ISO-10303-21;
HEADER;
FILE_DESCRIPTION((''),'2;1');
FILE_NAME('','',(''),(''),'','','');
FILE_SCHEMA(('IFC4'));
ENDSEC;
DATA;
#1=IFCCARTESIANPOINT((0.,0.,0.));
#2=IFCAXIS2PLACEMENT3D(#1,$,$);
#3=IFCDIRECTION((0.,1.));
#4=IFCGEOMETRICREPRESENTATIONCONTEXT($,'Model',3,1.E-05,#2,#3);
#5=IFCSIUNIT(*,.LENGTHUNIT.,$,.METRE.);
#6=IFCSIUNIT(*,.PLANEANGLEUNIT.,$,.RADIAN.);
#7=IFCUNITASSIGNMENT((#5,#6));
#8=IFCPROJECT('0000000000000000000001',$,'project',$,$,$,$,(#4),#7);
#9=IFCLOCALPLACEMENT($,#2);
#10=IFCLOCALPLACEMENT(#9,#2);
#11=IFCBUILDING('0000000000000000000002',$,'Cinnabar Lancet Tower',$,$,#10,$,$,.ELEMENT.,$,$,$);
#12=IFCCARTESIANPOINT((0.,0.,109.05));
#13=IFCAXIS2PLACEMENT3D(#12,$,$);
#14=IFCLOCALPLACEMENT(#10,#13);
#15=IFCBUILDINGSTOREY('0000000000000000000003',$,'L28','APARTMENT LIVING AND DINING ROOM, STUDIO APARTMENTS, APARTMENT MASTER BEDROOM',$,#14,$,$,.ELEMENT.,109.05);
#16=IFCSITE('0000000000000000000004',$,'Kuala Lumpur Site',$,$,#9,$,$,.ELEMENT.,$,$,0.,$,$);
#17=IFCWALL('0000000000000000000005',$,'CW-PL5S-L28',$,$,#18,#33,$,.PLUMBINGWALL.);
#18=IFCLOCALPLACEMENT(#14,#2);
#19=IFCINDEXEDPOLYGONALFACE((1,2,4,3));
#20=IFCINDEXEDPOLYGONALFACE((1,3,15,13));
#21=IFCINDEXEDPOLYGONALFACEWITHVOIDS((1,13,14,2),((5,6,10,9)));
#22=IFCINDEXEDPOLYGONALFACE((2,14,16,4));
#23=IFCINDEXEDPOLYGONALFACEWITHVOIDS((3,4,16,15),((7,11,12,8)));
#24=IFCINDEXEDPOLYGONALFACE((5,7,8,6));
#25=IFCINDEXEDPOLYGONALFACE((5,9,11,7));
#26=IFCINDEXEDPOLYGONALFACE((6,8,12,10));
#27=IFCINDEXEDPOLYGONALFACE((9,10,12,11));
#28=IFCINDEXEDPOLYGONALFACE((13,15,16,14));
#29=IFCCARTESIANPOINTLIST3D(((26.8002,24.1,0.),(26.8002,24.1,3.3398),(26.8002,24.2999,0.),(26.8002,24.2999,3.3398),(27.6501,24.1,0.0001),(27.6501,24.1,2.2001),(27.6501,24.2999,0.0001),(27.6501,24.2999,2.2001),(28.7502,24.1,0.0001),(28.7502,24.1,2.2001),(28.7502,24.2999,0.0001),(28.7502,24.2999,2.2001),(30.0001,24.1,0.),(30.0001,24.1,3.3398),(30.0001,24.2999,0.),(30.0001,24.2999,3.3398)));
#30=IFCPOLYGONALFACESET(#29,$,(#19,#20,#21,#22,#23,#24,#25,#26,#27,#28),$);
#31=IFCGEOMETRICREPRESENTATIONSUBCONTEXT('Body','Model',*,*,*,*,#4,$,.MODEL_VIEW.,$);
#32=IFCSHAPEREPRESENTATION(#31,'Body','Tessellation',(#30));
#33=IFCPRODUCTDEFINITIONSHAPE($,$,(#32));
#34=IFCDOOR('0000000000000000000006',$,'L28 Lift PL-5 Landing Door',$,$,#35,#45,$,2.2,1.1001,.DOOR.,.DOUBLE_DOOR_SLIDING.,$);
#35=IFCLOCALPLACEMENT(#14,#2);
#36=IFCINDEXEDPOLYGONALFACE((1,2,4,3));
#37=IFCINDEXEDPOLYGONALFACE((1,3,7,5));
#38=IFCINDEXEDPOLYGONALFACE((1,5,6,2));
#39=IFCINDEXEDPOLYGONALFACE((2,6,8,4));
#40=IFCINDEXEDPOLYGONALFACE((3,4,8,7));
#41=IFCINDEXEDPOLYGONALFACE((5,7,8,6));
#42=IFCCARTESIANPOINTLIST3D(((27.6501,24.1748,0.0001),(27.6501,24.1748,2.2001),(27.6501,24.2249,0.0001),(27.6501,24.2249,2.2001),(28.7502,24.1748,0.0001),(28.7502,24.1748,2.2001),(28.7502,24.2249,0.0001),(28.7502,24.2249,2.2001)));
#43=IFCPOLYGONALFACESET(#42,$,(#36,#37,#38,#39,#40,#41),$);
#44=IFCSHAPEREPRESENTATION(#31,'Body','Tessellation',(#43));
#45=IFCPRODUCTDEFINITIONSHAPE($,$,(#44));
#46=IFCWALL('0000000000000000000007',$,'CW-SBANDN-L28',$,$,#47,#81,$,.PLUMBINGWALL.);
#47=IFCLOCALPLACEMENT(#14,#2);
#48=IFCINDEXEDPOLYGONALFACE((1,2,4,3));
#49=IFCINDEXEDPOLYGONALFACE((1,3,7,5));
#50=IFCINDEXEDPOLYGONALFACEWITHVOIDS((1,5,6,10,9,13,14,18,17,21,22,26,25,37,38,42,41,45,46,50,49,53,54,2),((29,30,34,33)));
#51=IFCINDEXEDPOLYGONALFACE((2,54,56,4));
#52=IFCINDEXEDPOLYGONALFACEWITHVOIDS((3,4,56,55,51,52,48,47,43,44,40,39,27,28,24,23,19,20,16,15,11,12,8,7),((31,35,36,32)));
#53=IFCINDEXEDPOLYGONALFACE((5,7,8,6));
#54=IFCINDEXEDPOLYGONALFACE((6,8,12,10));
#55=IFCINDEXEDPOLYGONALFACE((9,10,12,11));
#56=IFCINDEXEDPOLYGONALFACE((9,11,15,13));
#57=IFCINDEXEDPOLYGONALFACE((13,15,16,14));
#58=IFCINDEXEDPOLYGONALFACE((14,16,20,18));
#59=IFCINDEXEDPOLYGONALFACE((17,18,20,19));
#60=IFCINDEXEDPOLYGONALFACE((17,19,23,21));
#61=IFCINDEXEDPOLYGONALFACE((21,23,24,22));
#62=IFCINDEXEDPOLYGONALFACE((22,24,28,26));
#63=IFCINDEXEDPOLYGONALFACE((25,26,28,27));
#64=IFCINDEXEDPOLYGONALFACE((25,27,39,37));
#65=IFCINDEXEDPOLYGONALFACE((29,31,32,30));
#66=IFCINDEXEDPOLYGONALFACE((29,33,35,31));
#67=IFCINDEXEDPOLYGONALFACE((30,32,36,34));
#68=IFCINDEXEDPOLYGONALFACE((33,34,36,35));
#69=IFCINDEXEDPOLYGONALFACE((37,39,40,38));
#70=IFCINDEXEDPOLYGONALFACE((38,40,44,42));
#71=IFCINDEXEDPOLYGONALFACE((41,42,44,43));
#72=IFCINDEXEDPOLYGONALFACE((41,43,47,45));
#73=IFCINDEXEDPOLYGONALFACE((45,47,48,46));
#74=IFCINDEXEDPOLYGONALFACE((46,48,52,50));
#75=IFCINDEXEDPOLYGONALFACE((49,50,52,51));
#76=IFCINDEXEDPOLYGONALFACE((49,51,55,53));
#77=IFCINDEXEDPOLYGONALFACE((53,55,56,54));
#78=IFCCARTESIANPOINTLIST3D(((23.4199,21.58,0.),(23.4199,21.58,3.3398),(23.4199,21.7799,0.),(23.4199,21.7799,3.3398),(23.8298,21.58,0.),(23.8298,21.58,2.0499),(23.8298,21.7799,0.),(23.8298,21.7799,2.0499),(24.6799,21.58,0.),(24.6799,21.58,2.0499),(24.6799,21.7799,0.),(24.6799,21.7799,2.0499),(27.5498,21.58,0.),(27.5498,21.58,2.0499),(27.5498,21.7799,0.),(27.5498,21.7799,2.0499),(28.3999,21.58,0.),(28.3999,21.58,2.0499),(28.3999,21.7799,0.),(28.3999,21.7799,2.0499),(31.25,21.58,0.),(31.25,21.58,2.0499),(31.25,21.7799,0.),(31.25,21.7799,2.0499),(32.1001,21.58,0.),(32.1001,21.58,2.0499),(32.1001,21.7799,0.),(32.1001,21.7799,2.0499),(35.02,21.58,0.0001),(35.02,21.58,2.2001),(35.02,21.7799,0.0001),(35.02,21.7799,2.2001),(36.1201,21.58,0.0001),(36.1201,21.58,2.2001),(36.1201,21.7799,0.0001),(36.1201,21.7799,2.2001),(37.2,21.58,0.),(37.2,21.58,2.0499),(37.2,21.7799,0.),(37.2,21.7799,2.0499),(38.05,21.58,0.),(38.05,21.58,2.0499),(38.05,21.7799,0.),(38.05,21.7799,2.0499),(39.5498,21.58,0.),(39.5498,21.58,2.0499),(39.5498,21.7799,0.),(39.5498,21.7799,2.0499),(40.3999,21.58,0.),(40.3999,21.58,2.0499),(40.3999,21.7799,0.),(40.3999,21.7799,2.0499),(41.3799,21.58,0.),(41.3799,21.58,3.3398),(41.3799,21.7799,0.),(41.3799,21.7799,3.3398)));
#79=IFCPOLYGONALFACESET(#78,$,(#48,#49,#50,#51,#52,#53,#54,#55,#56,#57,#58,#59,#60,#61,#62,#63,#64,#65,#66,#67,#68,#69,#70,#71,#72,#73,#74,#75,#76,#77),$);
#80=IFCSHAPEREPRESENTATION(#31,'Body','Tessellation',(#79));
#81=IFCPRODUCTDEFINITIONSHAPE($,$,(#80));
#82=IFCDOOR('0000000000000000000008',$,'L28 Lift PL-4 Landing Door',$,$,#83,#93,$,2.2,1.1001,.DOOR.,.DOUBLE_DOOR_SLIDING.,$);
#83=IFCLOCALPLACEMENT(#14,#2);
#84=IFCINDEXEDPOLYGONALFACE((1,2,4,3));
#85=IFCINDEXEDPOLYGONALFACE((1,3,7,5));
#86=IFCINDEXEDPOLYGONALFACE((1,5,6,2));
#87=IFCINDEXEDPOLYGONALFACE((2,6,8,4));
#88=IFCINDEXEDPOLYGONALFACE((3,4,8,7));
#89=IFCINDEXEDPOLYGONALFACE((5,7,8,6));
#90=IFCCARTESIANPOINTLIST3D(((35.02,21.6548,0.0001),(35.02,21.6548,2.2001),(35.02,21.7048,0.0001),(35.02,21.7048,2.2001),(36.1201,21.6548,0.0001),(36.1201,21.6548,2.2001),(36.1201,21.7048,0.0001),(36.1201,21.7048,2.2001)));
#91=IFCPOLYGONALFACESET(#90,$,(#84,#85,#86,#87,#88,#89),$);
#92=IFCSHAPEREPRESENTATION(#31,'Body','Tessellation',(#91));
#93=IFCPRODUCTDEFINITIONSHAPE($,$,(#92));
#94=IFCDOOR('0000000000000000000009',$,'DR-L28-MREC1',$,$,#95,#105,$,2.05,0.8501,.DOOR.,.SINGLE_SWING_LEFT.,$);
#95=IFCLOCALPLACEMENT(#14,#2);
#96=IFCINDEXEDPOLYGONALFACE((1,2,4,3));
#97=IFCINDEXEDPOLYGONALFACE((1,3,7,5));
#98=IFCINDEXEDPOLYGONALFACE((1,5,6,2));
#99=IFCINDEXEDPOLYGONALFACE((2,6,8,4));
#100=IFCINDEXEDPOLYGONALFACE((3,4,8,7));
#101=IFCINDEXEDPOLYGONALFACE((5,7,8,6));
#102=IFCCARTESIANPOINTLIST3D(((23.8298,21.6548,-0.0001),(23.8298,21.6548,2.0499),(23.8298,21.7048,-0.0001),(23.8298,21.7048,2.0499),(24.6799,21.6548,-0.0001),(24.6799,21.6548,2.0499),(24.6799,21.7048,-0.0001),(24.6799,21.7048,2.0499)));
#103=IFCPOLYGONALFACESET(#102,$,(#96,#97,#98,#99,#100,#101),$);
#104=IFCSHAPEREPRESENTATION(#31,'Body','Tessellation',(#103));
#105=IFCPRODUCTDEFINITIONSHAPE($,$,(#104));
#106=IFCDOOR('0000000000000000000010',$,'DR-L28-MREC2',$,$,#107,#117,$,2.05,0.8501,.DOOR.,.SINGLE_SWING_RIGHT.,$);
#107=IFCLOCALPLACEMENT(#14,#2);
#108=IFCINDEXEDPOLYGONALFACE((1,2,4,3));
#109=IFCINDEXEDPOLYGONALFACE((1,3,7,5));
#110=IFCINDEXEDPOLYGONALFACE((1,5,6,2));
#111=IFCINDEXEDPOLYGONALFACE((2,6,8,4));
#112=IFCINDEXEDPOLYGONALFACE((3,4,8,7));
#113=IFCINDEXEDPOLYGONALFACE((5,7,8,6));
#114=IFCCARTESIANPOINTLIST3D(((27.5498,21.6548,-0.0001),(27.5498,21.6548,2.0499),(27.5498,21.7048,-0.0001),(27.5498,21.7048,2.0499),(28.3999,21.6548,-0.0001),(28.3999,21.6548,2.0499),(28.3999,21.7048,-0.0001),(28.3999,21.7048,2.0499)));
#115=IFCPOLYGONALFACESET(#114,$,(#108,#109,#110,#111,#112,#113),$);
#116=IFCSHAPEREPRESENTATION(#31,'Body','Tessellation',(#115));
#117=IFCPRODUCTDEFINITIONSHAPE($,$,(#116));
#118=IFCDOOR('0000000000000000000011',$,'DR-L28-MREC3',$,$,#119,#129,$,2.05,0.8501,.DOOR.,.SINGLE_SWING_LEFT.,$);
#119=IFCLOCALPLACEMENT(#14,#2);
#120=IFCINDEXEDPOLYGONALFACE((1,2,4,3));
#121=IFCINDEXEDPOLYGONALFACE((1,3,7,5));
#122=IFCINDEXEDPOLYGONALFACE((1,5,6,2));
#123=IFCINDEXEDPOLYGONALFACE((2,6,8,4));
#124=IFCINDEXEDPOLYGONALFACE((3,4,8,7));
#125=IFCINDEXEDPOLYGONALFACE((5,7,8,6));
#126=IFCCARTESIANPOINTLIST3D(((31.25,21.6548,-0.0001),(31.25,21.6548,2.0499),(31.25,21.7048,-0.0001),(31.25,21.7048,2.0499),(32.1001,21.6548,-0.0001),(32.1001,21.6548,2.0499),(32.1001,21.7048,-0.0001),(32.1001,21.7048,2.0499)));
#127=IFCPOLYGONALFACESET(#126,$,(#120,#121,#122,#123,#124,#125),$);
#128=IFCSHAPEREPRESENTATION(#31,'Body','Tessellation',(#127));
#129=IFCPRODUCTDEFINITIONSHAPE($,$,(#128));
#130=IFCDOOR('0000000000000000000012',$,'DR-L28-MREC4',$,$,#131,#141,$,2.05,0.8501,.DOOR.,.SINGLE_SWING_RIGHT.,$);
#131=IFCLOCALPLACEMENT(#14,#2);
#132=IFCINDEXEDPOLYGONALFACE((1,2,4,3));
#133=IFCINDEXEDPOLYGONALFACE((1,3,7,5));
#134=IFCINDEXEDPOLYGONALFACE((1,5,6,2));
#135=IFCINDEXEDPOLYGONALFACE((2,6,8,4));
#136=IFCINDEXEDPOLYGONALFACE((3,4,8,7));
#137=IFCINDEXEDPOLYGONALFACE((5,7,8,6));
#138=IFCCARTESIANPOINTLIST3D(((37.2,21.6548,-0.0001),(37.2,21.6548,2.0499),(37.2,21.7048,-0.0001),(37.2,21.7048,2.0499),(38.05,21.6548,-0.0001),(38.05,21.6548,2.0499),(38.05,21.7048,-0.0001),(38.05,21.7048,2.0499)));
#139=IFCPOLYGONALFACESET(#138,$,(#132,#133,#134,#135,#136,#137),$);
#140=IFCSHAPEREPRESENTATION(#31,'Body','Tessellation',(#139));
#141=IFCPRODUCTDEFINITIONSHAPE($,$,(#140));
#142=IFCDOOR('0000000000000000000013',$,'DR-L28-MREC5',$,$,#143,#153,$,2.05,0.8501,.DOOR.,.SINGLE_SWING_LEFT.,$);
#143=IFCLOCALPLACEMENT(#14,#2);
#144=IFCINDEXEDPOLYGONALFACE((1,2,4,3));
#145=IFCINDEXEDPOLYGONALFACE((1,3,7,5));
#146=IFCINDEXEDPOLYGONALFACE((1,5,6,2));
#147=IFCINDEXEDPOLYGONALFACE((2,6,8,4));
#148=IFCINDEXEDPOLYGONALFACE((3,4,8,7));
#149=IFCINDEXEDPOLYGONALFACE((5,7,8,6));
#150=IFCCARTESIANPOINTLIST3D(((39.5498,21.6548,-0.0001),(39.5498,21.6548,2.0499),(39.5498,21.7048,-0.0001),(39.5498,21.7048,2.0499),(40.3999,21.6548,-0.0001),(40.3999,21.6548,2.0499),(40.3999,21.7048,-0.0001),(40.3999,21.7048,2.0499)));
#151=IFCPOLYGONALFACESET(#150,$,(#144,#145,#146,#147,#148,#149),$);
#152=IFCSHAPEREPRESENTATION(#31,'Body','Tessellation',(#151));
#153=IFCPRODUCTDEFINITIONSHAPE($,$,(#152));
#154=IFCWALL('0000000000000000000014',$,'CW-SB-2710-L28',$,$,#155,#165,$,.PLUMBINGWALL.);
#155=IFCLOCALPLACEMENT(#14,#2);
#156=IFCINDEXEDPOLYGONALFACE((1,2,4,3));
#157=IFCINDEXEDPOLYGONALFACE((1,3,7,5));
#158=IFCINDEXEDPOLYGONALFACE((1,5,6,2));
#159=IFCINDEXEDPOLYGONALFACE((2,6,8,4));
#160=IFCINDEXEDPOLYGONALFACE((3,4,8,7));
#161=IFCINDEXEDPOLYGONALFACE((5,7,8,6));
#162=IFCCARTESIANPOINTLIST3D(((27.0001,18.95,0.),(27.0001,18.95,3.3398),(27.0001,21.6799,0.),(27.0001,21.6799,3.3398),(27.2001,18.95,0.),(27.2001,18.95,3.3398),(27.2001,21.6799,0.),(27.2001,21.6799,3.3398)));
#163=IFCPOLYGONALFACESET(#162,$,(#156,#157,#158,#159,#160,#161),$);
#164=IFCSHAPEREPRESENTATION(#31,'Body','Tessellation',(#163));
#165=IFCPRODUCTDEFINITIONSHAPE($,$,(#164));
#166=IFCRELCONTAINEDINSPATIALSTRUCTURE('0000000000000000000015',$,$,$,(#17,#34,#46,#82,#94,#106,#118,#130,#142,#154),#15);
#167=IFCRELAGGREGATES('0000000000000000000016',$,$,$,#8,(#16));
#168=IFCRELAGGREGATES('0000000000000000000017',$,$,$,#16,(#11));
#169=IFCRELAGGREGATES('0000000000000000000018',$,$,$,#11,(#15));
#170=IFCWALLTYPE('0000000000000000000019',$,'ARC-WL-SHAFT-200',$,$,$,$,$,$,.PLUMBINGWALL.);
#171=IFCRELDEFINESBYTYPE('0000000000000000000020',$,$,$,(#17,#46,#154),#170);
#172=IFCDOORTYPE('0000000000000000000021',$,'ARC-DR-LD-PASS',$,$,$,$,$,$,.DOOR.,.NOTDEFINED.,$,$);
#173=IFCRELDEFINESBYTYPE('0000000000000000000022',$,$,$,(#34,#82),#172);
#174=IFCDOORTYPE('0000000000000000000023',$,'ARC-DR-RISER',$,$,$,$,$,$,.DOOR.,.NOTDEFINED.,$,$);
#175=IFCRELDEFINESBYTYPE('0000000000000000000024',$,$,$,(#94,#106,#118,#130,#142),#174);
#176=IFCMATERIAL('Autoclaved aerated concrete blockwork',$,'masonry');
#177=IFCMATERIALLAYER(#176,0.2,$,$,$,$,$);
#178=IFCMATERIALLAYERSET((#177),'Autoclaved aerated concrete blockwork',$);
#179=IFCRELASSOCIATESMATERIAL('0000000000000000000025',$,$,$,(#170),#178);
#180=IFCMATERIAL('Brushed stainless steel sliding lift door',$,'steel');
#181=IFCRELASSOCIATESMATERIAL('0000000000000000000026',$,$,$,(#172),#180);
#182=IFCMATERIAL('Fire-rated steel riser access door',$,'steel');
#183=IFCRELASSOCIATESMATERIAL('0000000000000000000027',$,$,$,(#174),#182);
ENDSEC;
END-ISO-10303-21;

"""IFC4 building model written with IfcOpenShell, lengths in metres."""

from ifc_helpers import new_model, si_unit, direction, frame, frame_2d, origin, place, context, subcontext, project, spatial, rectangle, extrude, material, layer, layer_set, type_object, element, fill, save


model = new_model("IFC4")

# Units and contexts
model_context = context("Model", 3, precision=1e-05, world=origin(), true_north=direction((0.0, 1.0)))
body_context = subcontext(model_context, "Body", "Model", "MODEL_VIEW")
ifc_project = project(units=[si_unit("LENGTHUNIT", "METRE"), si_unit("PLANEANGLEUNIT", "RADIAN")], contexts=[model_context])

# Site, building, storey
site_placement = place(None, origin())
site = spatial("IfcSite", under=ifc_project, at=site_placement, Name="Kuala Lumpur Site", CompositionType="ELEMENT", RefElevation=0.0)
building_placement = place(site_placement, origin())
building = spatial("IfcBuilding", under=site, at=building_placement, Name="Cinnabar Lancet Tower", CompositionType="ELEMENT")
storey_placement = place(building_placement, frame((0.0, 0.0, 109.05)))
storey = spatial("IfcBuildingStorey", under=building, at=storey_placement, Name="L28", Description="APARTMENT LIVING AND DINING ROOM, STUDIO APARTMENTS, APARTMENT MASTER BEDROOM", CompositionType="ELEMENT", Elevation=109.05)

# Shared definitions
ifc_material_1 = material(Name="Autoclaved aerated concrete blockwork", Category="masonry")
ifc_layer_1 = layer(ifc_material_1, 0.2)
ifc_layer_set_1 = layer_set([ifc_layer_1], Name="Autoclaved aerated concrete blockwork")
wall_type_1 = type_object("IfcWallType", Name="ARC-WL-SHAFT-200", PredefinedType="PLUMBINGWALL", material=ifc_layer_set_1)

# Wall, opening, door
wall_1_placement = place(storey_placement, frame((26.8, 24.2, 0.0), z_axis=(0.0, 0.0, 1.0), x_axis=(1.0, 0.0, 0.0)))
wall_1 = element("IfcWall", 1, at=wall_1_placement, inside=storey, type_object=wall_type_1, Name="CW-PL5S-L28", PredefinedType="PLUMBINGWALL", context=body_context, shape_type="SweptSolid", body=[
    extrude(rectangle(XDim=3.2, YDim=0.2, at=frame_2d((1.6001, 0.0))), origin(), (0.0, 0.0, 1.0), 3.3398),
])
opening_1_placement = place(wall_1_placement, frame((0.8501, 0.0, 0.0)))
opening_1 = element("IfcOpeningElement", 2, at=opening_1_placement, cuts=wall_1, PredefinedType="OPENING", context=body_context, shape_type="SweptSolid", body=[
    extrude(rectangle(XDim=1.1001, YDim=2.2, at=frame_2d((0.55, 1.1001))), frame((0.0, 0.1099, 0.0), z_axis=(0.0, -1.0, 0.0), x_axis=(1.0, 0.0, 0.0)), (0.0, 0.0, 1.0), 0.22),
])
ifc_material_2 = material(Name="Brushed stainless steel sliding lift door", Category="steel")
door_type_1 = type_object("IfcDoorType", Name="ARC-DR-LD-PASS", OperationType="NOTDEFINED", PredefinedType="DOOR", material=ifc_material_2)
door_1_placement = place(opening_1_placement, origin())
door_1 = element("IfcDoor", 3, at=door_1_placement, inside=storey, type_object=door_type_1, Name="L28 Lift PL-5 Landing Door", OperationType="DOUBLE_DOOR_SLIDING", OverallHeight=2.2, OverallWidth=1.1001, PredefinedType="DOOR", context=body_context, shape_type="SweptSolid", body=[
    extrude(rectangle(XDim=1.1001, YDim=2.2, at=frame_2d((0.55, 1.1001))), frame((0.0, 0.0249, 0.0), z_axis=(0.0, -1.0, 0.0), x_axis=(1.0, 0.0, 0.0)), (0.0, 0.0, 1.0), 0.05),
])
fill(opening_1, door_1)

# Wall, openings, doors
wall_2_placement = place(storey_placement, frame((23.4199, 21.6799, 0.0), z_axis=(0.0, 0.0, 1.0), x_axis=(1.0, 0.0, 0.0)))
wall_2 = element("IfcWall", 4, at=wall_2_placement, inside=storey, type_object=wall_type_1, Name="CW-SBANDN-L28", PredefinedType="PLUMBINGWALL", context=body_context, shape_type="SweptSolid", body=[
    extrude(rectangle(XDim=17.96, YDim=0.2, at=frame_2d((8.98, 0.0))), origin(), (0.0, 0.0, 1.0), 3.3398),
])
opening_2_placement = place(wall_2_placement, frame((11.6001, 0.0, 0.0)))
opening_2 = element("IfcOpeningElement", 5, at=opening_2_placement, cuts=wall_2, PredefinedType="OPENING", context=body_context, shape_type="SweptSolid", body=[
    extrude(rectangle(XDim=1.1001, YDim=2.2, at=frame_2d((0.55, 1.1001))), frame((0.0, 0.1099, 0.0), z_axis=(0.0, -1.0, 0.0), x_axis=(1.0, 0.0, 0.0)), (0.0, 0.0, 1.0), 0.22),
])
opening_3_placement = place(wall_2_placement, frame((0.4099, 0.0, 0.0)))
opening_3 = element("IfcOpeningElement", 6, at=opening_3_placement, cuts=wall_2, PredefinedType="OPENING", context=body_context, shape_type="SweptSolid", body=[
    extrude(rectangle(XDim=0.8501, YDim=2.05, at=frame_2d((0.425, 1.0249))), frame((0.0, 0.1099, 0.0), z_axis=(0.0, -1.0, 0.0), x_axis=(1.0, 0.0, 0.0)), (0.0, 0.0, 1.0), 0.22),
])
opening_4_placement = place(wall_2_placement, frame((4.1299, 0.0, 0.0)))
opening_4 = element("IfcOpeningElement", 7, at=opening_4_placement, cuts=wall_2, PredefinedType="OPENING", context=body_context, shape_type="SweptSolid", body=[
    extrude(rectangle(XDim=0.8501, YDim=2.05, at=frame_2d((0.425, 1.0249))), frame((0.0, 0.1099, 0.0), z_axis=(0.0, -1.0, 0.0), x_axis=(1.0, 0.0, 0.0)), (0.0, 0.0, 1.0), 0.22),
])
opening_5_placement = place(wall_2_placement, frame((7.8301, 0.0, 0.0)))
opening_5 = element("IfcOpeningElement", 8, at=opening_5_placement, cuts=wall_2, PredefinedType="OPENING", context=body_context, shape_type="SweptSolid", body=[
    extrude(rectangle(XDim=0.8501, YDim=2.05, at=frame_2d((0.425, 1.0249))), frame((0.0, 0.1099, 0.0), z_axis=(0.0, -1.0, 0.0), x_axis=(1.0, 0.0, 0.0)), (0.0, 0.0, 1.0), 0.22),
])
opening_6_placement = place(wall_2_placement, frame((13.78, 0.0, 0.0)))
opening_6 = element("IfcOpeningElement", 9, at=opening_6_placement, cuts=wall_2, PredefinedType="OPENING", context=body_context, shape_type="SweptSolid", body=[
    extrude(rectangle(XDim=0.8501, YDim=2.05, at=frame_2d((0.425, 1.0249))), frame((0.0, 0.1099, 0.0), z_axis=(0.0, -1.0, 0.0), x_axis=(1.0, 0.0, 0.0)), (0.0, 0.0, 1.0), 0.22),
])
opening_7_placement = place(wall_2_placement, frame((16.1299, 0.0, 0.0)))
opening_7 = element("IfcOpeningElement", 10, at=opening_7_placement, cuts=wall_2, PredefinedType="OPENING", context=body_context, shape_type="SweptSolid", body=[
    extrude(rectangle(XDim=0.8501, YDim=2.05, at=frame_2d((0.425, 1.0249))), frame((0.0, 0.1099, 0.0), z_axis=(0.0, -1.0, 0.0), x_axis=(1.0, 0.0, 0.0)), (0.0, 0.0, 1.0), 0.22),
])
door_2_placement = place(opening_2_placement, origin())
door_2 = element("IfcDoor", 11, at=door_2_placement, inside=storey, type_object=door_type_1, Name="L28 Lift PL-4 Landing Door", OperationType="DOUBLE_DOOR_SLIDING", OverallHeight=2.2, OverallWidth=1.1001, PredefinedType="DOOR", context=body_context, shape_type="SweptSolid", body=[
    extrude(rectangle(XDim=1.1001, YDim=2.2, at=frame_2d((0.55, 1.1001))), frame((0.0, 0.0249, 0.0), z_axis=(0.0, -1.0, 0.0), x_axis=(1.0, 0.0, 0.0)), (0.0, 0.0, 1.0), 0.05),
])
fill(opening_2, door_2)
ifc_material_3 = material(Name="Fire-rated steel riser access door", Category="steel")
door_type_2 = type_object("IfcDoorType", Name="ARC-DR-RISER", OperationType="NOTDEFINED", PredefinedType="DOOR", material=ifc_material_3)
door_3_placement = place(opening_3_placement, origin())
door_3 = element("IfcDoor", 12, at=door_3_placement, inside=storey, type_object=door_type_2, Name="DR-L28-MREC1", OperationType="SINGLE_SWING_LEFT", OverallHeight=2.05, OverallWidth=0.8501, PredefinedType="DOOR", context=body_context, shape_type="SweptSolid", body=[
    extrude(rectangle(XDim=0.8501, YDim=2.05, at=frame_2d((0.425, 1.0249))), frame((0.0, 0.0249, 0.0), z_axis=(0.0, -1.0, 0.0), x_axis=(1.0, 0.0, 0.0)), (0.0, 0.0, 1.0), 0.05),
])
fill(opening_3, door_3)
door_4_placement = place(opening_4_placement, origin())
door_4 = element("IfcDoor", 13, at=door_4_placement, inside=storey, type_object=door_type_2, Name="DR-L28-MREC2", OperationType="SINGLE_SWING_RIGHT", OverallHeight=2.05, OverallWidth=0.8501, PredefinedType="DOOR", context=body_context, shape_type="SweptSolid", body=[
    extrude(rectangle(XDim=0.8501, YDim=2.05, at=frame_2d((0.425, 1.0249))), frame((0.0, 0.0249, 0.0), z_axis=(0.0, -1.0, 0.0), x_axis=(1.0, 0.0, 0.0)), (0.0, 0.0, 1.0), 0.05),
])
fill(opening_4, door_4)
door_5_placement = place(opening_5_placement, origin())
door_5 = element("IfcDoor", 14, at=door_5_placement, inside=storey, type_object=door_type_2, Name="DR-L28-MREC3", OperationType="SINGLE_SWING_LEFT", OverallHeight=2.05, OverallWidth=0.8501, PredefinedType="DOOR", context=body_context, shape_type="SweptSolid", body=[
    extrude(rectangle(XDim=0.8501, YDim=2.05, at=frame_2d((0.425, 1.0249))), frame((0.0, 0.0249, 0.0), z_axis=(0.0, -1.0, 0.0), x_axis=(1.0, 0.0, 0.0)), (0.0, 0.0, 1.0), 0.05),
])
fill(opening_5, door_5)
door_6_placement = place(opening_6_placement, origin())
door_6 = element("IfcDoor", 15, at=door_6_placement, inside=storey, type_object=door_type_2, Name="DR-L28-MREC4", OperationType="SINGLE_SWING_RIGHT", OverallHeight=2.05, OverallWidth=0.8501, PredefinedType="DOOR", context=body_context, shape_type="SweptSolid", body=[
    extrude(rectangle(XDim=0.8501, YDim=2.05, at=frame_2d((0.425, 1.0249))), frame((0.0, 0.0249, 0.0), z_axis=(0.0, -1.0, 0.0), x_axis=(1.0, 0.0, 0.0)), (0.0, 0.0, 1.0), 0.05),
])
fill(opening_6, door_6)
door_7_placement = place(opening_7_placement, origin())
door_7 = element("IfcDoor", 16, at=door_7_placement, inside=storey, type_object=door_type_2, Name="DR-L28-MREC5", OperationType="SINGLE_SWING_LEFT", OverallHeight=2.05, OverallWidth=0.8501, PredefinedType="DOOR", context=body_context, shape_type="SweptSolid", body=[
    extrude(rectangle(XDim=0.8501, YDim=2.05, at=frame_2d((0.425, 1.0249))), frame((0.0, 0.0249, 0.0), z_axis=(0.0, -1.0, 0.0), x_axis=(1.0, 0.0, 0.0)), (0.0, 0.0, 1.0), 0.05),
])
fill(opening_7, door_7)

# Wall
for number, where, z_axis, x_axis, name in (
    (17, (27.1001, 18.95, 0.0), (0.0, 0.0, 1.0), (0.0, 1.0, 0.0), "CW-SB-2710-L28"),
):
    element("IfcWall", number, at=place(storey_placement, frame(where, z_axis=z_axis, x_axis=x_axis)), inside=storey, type_object=wall_type_1, Name=name, PredefinedType="PLUMBINGWALL", context=body_context, shape_type="SweptSolid", body=[
        extrude(rectangle(XDim=2.73, YDim=0.2, at=frame_2d((1.365, 0.0))), origin(), (0.0, 0.0, 1.0), 3.3398),
    ])

save(model, "model.ifc")
